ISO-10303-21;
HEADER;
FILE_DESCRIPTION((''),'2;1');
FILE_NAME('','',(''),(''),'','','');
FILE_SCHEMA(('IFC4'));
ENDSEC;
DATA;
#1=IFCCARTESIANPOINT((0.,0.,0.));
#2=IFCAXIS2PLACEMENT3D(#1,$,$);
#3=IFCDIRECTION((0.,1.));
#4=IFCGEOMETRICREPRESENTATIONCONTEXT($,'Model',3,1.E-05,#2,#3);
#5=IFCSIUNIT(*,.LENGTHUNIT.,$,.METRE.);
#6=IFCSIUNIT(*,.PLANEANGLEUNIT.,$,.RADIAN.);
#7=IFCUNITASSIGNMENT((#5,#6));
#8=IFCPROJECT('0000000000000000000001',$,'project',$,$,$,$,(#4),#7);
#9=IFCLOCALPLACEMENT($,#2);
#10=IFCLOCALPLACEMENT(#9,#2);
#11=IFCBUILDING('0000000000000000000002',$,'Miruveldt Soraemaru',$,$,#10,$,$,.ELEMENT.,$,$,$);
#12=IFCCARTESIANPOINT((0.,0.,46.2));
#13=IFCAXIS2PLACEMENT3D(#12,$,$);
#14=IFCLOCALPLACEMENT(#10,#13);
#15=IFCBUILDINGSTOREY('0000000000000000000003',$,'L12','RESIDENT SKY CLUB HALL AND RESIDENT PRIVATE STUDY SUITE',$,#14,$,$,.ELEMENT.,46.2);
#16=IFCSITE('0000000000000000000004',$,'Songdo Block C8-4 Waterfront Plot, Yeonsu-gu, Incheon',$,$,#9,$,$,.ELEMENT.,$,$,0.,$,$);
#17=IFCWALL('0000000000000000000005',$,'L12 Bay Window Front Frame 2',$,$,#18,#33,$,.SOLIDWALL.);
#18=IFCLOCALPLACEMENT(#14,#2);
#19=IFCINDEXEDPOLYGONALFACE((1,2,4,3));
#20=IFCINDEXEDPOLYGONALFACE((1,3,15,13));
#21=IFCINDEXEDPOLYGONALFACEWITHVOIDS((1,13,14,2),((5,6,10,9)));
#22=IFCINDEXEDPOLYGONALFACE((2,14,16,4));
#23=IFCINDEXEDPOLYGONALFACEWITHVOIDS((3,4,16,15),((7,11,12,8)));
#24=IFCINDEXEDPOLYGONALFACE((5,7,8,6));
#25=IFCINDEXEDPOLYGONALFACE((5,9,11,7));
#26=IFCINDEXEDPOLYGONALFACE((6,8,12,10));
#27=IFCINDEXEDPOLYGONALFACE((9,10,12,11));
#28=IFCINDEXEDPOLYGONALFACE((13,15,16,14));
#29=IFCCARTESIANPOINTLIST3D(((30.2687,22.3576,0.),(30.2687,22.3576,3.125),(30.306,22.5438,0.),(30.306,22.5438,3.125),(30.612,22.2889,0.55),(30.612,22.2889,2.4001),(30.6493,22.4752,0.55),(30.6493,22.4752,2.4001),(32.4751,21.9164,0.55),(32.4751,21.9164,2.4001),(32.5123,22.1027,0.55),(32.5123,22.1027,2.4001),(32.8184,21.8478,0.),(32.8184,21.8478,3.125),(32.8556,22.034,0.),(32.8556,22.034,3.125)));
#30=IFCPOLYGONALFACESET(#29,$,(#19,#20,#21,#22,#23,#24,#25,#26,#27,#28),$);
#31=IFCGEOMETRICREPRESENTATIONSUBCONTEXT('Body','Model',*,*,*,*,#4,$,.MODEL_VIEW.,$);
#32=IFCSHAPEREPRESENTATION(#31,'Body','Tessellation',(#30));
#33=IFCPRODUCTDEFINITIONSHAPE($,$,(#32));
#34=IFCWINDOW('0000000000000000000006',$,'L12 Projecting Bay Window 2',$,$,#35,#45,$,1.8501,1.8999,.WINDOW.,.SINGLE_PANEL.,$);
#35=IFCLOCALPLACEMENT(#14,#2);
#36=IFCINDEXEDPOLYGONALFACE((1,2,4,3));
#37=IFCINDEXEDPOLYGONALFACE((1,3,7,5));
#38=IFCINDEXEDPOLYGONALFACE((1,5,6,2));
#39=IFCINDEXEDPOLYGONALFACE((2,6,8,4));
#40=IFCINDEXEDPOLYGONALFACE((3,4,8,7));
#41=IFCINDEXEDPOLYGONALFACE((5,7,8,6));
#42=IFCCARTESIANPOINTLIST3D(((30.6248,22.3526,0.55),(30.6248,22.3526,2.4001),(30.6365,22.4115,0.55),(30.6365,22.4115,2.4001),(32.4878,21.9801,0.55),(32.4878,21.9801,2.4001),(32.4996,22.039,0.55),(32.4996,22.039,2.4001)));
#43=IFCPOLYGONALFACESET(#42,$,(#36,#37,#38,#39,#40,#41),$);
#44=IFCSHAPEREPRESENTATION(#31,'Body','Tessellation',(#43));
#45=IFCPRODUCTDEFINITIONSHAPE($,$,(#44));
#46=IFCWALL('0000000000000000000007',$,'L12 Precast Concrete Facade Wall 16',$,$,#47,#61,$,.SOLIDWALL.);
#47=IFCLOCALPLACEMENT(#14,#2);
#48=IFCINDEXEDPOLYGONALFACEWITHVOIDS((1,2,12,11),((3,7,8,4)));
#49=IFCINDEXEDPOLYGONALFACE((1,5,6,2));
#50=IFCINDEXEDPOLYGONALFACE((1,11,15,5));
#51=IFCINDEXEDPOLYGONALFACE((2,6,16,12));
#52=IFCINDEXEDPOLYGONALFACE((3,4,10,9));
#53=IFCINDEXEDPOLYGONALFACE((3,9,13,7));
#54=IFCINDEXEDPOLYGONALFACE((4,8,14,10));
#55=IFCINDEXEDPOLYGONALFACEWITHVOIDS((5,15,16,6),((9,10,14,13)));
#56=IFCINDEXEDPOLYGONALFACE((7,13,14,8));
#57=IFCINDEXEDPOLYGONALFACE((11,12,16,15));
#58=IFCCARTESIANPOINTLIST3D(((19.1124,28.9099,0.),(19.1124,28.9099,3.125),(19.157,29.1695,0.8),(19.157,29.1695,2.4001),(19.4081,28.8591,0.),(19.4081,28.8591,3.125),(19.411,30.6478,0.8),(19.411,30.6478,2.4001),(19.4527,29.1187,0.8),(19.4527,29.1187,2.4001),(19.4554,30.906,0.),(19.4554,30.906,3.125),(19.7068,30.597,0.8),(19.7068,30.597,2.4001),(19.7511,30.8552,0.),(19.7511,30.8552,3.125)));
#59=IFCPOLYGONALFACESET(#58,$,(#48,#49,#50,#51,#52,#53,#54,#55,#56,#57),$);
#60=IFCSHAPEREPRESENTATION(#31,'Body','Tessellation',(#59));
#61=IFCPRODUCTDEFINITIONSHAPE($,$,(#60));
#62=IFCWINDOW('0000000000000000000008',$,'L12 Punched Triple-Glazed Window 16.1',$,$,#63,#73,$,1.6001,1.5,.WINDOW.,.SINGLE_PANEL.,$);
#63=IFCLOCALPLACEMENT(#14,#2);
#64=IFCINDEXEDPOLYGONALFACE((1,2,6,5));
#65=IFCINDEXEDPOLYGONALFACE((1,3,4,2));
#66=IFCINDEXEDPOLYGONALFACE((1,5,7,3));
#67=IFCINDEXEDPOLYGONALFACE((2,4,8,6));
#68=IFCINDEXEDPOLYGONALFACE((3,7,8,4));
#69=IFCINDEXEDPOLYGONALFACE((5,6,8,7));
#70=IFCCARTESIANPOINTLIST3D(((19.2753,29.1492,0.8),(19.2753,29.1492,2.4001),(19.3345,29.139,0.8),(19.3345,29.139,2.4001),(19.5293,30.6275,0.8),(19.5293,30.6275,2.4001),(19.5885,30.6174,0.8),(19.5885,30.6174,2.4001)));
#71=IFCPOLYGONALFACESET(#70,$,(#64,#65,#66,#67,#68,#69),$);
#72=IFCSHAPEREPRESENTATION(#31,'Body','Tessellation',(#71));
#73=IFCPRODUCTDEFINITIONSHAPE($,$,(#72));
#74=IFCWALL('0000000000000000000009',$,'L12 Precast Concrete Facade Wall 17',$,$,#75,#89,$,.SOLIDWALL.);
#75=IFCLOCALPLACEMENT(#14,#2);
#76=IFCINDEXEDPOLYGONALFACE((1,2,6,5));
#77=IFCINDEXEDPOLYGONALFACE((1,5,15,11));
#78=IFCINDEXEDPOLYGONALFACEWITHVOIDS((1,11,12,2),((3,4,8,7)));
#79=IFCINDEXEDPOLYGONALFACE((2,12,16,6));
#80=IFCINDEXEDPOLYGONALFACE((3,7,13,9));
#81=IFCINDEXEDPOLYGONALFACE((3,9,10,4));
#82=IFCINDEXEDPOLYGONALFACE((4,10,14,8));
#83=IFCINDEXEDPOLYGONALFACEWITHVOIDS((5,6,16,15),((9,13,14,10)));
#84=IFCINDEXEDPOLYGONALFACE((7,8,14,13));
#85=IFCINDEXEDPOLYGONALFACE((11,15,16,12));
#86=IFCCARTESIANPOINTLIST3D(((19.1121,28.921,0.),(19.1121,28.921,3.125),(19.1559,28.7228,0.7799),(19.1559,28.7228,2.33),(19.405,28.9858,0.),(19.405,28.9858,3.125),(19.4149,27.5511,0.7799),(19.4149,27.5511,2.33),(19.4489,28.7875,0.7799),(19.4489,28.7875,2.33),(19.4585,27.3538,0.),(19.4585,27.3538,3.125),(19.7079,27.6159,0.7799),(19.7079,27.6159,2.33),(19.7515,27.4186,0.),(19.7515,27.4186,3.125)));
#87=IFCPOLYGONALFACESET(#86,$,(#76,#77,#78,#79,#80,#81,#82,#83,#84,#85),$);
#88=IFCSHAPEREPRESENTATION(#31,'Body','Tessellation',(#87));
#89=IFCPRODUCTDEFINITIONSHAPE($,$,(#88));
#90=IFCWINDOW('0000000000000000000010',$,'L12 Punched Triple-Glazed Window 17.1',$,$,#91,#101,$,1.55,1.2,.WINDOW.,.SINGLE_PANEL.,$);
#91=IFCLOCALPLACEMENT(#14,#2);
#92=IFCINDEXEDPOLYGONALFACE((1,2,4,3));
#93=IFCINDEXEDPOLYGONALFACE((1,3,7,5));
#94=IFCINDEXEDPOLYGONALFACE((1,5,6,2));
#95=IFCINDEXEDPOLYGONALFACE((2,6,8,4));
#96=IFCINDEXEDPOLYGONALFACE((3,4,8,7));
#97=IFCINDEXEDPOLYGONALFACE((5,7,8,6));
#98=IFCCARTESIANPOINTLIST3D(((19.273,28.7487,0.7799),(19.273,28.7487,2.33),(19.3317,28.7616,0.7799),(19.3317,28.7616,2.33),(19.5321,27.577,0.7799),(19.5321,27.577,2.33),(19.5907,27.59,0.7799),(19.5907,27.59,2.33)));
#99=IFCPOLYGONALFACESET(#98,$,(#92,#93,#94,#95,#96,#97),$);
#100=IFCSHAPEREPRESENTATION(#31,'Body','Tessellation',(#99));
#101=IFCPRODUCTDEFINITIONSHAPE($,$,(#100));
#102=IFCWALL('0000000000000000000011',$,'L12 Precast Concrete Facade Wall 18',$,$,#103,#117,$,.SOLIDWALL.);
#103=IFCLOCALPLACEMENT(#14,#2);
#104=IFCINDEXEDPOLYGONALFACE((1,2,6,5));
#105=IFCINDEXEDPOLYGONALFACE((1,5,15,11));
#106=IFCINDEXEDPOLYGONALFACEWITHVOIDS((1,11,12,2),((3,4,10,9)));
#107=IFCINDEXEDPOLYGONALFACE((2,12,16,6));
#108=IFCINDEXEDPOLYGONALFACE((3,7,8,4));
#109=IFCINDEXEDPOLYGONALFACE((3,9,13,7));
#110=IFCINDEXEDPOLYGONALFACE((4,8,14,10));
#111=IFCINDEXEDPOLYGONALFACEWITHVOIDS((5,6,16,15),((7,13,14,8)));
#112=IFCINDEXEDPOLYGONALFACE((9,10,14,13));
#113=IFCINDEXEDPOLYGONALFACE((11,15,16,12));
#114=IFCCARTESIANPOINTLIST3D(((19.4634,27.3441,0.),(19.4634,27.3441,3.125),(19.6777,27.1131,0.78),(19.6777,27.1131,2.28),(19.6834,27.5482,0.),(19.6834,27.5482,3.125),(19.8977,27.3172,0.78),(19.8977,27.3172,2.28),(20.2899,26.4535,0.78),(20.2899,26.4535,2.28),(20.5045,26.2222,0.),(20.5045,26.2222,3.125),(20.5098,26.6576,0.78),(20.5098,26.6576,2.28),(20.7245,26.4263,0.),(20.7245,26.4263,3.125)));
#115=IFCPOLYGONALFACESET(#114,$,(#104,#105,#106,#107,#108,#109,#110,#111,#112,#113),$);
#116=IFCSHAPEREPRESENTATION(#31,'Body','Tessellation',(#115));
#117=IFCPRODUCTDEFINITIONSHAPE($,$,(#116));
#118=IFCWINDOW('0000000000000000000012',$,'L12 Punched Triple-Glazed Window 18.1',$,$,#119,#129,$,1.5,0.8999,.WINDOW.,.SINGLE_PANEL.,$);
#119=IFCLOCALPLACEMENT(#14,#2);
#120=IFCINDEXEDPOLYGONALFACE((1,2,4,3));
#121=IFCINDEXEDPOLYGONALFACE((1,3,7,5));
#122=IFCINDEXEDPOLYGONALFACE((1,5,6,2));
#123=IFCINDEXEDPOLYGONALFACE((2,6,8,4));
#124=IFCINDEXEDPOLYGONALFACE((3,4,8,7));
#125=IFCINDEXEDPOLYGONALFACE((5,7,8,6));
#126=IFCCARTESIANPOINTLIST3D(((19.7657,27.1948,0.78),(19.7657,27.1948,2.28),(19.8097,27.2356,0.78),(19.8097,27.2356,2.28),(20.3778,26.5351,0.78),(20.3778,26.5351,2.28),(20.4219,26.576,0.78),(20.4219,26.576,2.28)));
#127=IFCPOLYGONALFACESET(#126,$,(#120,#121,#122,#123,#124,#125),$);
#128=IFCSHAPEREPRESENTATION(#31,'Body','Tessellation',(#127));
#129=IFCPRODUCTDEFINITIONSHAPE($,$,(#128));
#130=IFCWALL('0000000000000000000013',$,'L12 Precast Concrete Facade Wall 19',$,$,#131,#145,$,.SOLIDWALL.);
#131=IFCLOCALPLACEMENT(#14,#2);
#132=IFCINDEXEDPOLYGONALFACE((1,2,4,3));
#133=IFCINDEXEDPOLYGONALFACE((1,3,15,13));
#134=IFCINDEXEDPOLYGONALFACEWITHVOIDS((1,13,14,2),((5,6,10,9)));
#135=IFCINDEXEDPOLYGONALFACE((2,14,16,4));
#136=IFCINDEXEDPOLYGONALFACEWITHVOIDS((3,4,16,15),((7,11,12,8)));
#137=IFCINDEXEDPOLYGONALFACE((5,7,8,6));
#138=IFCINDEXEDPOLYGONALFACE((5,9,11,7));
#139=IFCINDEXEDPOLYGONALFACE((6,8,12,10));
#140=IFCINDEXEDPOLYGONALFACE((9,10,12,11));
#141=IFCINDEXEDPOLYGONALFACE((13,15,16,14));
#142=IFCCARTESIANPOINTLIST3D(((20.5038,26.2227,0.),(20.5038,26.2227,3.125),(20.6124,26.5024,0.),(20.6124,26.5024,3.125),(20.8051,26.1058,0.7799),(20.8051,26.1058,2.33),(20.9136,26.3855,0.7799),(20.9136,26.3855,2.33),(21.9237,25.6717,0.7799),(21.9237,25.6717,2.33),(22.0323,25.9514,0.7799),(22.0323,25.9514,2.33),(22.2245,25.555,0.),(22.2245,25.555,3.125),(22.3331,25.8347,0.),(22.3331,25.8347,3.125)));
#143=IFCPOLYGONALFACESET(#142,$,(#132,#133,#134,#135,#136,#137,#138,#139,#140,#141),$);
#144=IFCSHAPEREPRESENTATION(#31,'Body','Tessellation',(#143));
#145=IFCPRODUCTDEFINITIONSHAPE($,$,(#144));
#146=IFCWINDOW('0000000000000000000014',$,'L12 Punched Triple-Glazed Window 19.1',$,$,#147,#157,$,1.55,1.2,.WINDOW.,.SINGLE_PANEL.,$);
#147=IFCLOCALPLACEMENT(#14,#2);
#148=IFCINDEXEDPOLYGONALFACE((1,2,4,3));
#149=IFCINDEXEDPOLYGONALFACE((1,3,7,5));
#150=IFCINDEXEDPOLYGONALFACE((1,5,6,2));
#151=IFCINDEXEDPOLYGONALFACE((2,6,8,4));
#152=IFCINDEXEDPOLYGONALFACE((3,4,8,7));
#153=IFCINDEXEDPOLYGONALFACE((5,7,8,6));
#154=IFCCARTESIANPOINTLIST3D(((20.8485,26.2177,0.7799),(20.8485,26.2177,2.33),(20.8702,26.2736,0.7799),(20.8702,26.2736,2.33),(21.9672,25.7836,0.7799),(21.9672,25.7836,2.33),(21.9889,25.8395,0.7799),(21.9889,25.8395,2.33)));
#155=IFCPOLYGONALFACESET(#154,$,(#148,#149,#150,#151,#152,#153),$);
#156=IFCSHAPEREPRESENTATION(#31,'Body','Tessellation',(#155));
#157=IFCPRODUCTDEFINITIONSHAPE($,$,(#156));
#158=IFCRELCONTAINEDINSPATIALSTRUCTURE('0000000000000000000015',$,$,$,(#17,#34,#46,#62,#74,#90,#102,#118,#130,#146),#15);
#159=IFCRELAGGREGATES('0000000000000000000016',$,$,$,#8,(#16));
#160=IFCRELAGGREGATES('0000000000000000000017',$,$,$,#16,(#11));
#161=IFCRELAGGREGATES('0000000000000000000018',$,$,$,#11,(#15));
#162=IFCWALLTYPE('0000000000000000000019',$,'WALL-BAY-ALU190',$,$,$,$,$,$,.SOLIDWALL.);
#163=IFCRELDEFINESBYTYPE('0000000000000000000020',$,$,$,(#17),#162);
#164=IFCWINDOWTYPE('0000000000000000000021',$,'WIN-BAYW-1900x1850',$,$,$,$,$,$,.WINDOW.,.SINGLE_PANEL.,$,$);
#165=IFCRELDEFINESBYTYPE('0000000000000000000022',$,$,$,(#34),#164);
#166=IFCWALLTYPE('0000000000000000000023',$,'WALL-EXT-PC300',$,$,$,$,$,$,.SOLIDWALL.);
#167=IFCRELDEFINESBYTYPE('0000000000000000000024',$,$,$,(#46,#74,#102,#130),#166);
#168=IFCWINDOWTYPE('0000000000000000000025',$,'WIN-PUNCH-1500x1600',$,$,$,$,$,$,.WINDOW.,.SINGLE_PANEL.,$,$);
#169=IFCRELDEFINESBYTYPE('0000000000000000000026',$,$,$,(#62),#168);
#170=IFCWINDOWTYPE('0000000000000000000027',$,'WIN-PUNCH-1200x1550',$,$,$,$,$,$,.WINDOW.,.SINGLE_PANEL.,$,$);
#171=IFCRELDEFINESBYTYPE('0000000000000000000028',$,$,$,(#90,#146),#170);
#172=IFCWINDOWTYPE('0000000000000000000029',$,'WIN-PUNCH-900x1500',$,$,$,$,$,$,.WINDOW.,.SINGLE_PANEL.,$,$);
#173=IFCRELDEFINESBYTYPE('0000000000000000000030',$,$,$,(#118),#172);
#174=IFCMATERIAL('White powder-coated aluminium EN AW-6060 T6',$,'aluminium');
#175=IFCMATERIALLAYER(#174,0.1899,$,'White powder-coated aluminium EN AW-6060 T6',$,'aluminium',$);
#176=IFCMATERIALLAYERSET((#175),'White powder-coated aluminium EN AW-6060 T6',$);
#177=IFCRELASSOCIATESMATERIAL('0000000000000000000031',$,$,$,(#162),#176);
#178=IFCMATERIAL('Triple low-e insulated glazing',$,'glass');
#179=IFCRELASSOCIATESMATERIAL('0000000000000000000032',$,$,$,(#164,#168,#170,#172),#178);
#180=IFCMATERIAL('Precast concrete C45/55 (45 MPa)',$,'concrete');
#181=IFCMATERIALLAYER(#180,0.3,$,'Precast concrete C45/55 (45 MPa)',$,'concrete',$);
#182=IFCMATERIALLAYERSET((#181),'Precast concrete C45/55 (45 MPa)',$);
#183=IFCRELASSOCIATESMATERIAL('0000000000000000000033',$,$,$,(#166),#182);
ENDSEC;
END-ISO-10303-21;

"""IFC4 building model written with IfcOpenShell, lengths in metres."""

from ifc_helpers import new_model, si_unit, direction, frame, frame_2d, origin, place, context, subcontext, project, spatial, rectangle, extrude, material, layer, layer_set, type_object, element, fill, save


model = new_model("IFC4")

# Units and contexts
model_context = context("Model", 3, precision=1e-05, world=origin(), true_north=direction((0.0, 1.0)))
body_context = subcontext(model_context, "Body", "Model", "MODEL_VIEW")
ifc_project = project(units=[si_unit("LENGTHUNIT", "METRE"), si_unit("PLANEANGLEUNIT", "RADIAN")], contexts=[model_context])

# Site, building, storey
site_placement = place(None, origin())
site = spatial("IfcSite", under=ifc_project, at=site_placement, Name="Songdo Block C8-4 Waterfront Plot, Yeonsu-gu, Incheon", CompositionType="ELEMENT", RefElevation=0.0)
building_placement = place(site_placement, origin())
building = spatial("IfcBuilding", under=site, at=building_placement, Name="Miruveldt Soraemaru", CompositionType="ELEMENT")
storey_placement = place(building_placement, frame((0.0, 0.0, 46.2)))
storey = spatial("IfcBuildingStorey", under=building, at=storey_placement, Name="L12", Description="RESIDENT SKY CLUB HALL AND RESIDENT PRIVATE STUDY SUITE", CompositionType="ELEMENT", Elevation=46.2)

# Shared definitions
ifc_material_1 = material(Name="White powder-coated aluminium EN AW-6060 T6", Category="aluminium")
ifc_layer_1 = layer(ifc_material_1, 0.1899, Name="White powder-coated aluminium EN AW-6060 T6", Category="aluminium")
ifc_layer_set_1 = layer_set([ifc_layer_1], Name="White powder-coated aluminium EN AW-6060 T6")
wall_type_1 = type_object("IfcWallType", Name="WALL-BAY-ALU190", PredefinedType="SOLIDWALL", material=ifc_layer_set_1)

# Walls, openings, windows
wall_1_placement = place(storey_placement, frame((30.2874, 22.4507, 0.0), z_axis=(0.0, 0.0, 1.0), x_axis=(0.980592, -0.196062, 0.0)))
wall_1 = element("IfcWall", 1, at=wall_1_placement, inside=storey, type_object=wall_type_1, Name="L12 Bay Window Front Frame 2", PredefinedType="SOLIDWALL", context=body_context, shape_type="SweptSolid", body=[
    extrude(rectangle(XDim=2.6001, YDim=0.1899, at=frame_2d((1.3, 0.0))), origin(), (0.0, 0.0, 1.0), 3.125),
])
opening_1_placement = place(wall_1_placement, frame((0.3501, 0.0, 0.55)))
opening_1 = element("IfcOpeningElement", 2, at=opening_1_placement, cuts=wall_1, PredefinedType="OPENING", context=body_context, shape_type="SweptSolid", body=[
    extrude(rectangle(XDim=1.8999, YDim=1.8501, at=frame_2d((0.95, 0.925))), frame((0.0, 0.105, 0.0), z_axis=(0.0, -1.0, 0.0), x_axis=(1.0, 0.0, 0.0)), (0.0, 0.0, 1.0), 0.21),
])
ifc_material_2 = material(Name="Triple low-e insulated glazing", Category="glass")
window_type_1 = type_object("IfcWindowType", Name="WIN-BAYW-1900x1850", PartitioningType="SINGLE_PANEL", PredefinedType="WINDOW", material=ifc_material_2)
window_1_placement = place(opening_1_placement, origin())
window_1 = element("IfcWindow", 3, at=window_1_placement, inside=storey, type_object=window_type_1, Name="L12 Projecting Bay Window 2", OverallHeight=1.8501, OverallWidth=1.8999, PartitioningType="SINGLE_PANEL", PredefinedType="WINDOW", context=body_context, shape_type="SweptSolid", body=[
    extrude(rectangle(XDim=1.8999, YDim=1.8501, at=frame_2d((0.95, 0.925))), frame((0.0, 0.03, 0.0), z_axis=(0.0, -1.0, 0.0), x_axis=(1.0, 0.0, 0.0)), (0.0, 0.0, 1.0), 0.0601),
])
fill(opening_1, window_1)
ifc_material_3 = material(Name="Precast concrete C45/55 (45 MPa)", Category="concrete")
ifc_layer_2 = layer(ifc_material_3, 0.3, Name="Precast concrete C45/55 (45 MPa)", Category="concrete")
ifc_layer_set_2 = layer_set([ifc_layer_2], Name="Precast concrete C45/55 (45 MPa)")
wall_type_2 = type_object("IfcWallType", Name="WALL-EXT-PC300", PredefinedType="SOLIDWALL", material=ifc_layer_set_2)
wall_2_placement = place(storey_placement, frame((19.6033, 30.8806, 0.0), z_axis=(0.0, 0.0, 1.0), x_axis=(-0.169362, -0.985554, 0.0)))
wall_2 = element("IfcWall", 4, at=wall_2_placement, inside=storey, type_object=wall_type_2, Name="L12 Precast Concrete Facade Wall 16", PredefinedType="SOLIDWALL", context=body_context, shape_type="SweptSolid", body=[
    extrude(rectangle(XDim=2.0254, YDim=0.3, at=frame_2d((1.0127, 0.0))), origin(), (0.0, 0.0, 1.0), 3.125),
])
opening_2_placement = place(wall_2_placement, frame((0.262, 0.0, 0.8)))
opening_2 = element("IfcOpeningElement", 5, at=opening_2_placement, cuts=wall_2, PredefinedType="OPENING", context=body_context, shape_type="SweptSolid", body=[
    extrude(rectangle(XDim=1.5, YDim=1.6001, at=frame_2d((0.75, 0.8))), frame((0.0, 0.1602, 0.0), z_axis=(0.0, -1.0, 0.0), x_axis=(1.0, 0.0, 0.0)), (0.0, 0.0, 1.0), 0.3201),
])
window_type_2 = type_object("IfcWindowType", Name="WIN-PUNCH-1500x1600", PartitioningType="SINGLE_PANEL", PredefinedType="WINDOW", material=ifc_material_2)
window_2_placement = place(opening_2_placement, origin())
window_2 = element("IfcWindow", 6, at=window_2_placement, inside=storey, type_object=window_type_2, Name="L12 Punched Triple-Glazed Window 16.1", OverallHeight=1.6001, OverallWidth=1.5, PartitioningType="SINGLE_PANEL", PredefinedType="WINDOW", context=body_context, shape_type="SweptSolid", body=[
    extrude(rectangle(XDim=1.5, YDim=1.6001, at=frame_2d((0.75, 0.8))), frame((0.0, 0.03, 0.0), z_axis=(0.0, -1.0, 0.0), x_axis=(1.0, 0.0, 0.0)), (0.0, 0.0, 1.0), 0.0601),
])
fill(opening_2, window_2)
wall_3_placement = place(storey_placement, frame((19.2585, 28.9534, 0.0), z_axis=(0.0, 0.0, 1.0), x_axis=(0.215851, -0.976426, 0.0)))
wall_3 = element("IfcWall", 7, at=wall_3_placement, inside=storey, type_object=wall_type_2, Name="L12 Precast Concrete Facade Wall 17", PredefinedType="SOLIDWALL", context=body_context, shape_type="SweptSolid", body=[
    extrude(rectangle(XDim=1.605, YDim=0.3, at=frame_2d((0.8025, 0.0))), origin(), (0.0, 0.0, 1.0), 3.125),
])
opening_3_placement = place(wall_3_placement, frame((0.2029, 0.0, 0.78)))
opening_3 = element("IfcOpeningElement", 8, at=opening_3_placement, cuts=wall_3, PredefinedType="OPENING", context=body_context, shape_type="SweptSolid", body=[
    extrude(rectangle(XDim=1.2, YDim=1.55, at=frame_2d((0.6001, 0.7749))), frame((0.0, 0.1602, 0.0), z_axis=(0.0, -1.0, 0.0), x_axis=(1.0, 0.0, 0.0)), (0.0, 0.0, 1.0), 0.3201),
])
window_type_3 = type_object("IfcWindowType", Name="WIN-PUNCH-1200x1550", PartitioningType="SINGLE_PANEL", PredefinedType="WINDOW", material=ifc_material_2)
window_3_placement = place(opening_3_placement, origin())
window_3 = element("IfcWindow", 9, at=window_3_placement, inside=storey, type_object=window_type_3, Name="L12 Punched Triple-Glazed Window 17.1", OverallHeight=1.55, OverallWidth=1.2, PartitioningType="SINGLE_PANEL", PredefinedType="WINDOW", context=body_context, shape_type="SweptSolid", body=[
    extrude(rectangle(XDim=1.2, YDim=1.55, at=frame_2d((0.6001, 0.7749))), frame((0.0, 0.03, 0.0), z_axis=(0.0, -1.0, 0.0), x_axis=(1.0, 0.0, 0.0)), (0.0, 0.0, 1.0), 0.0601),
])
fill(opening_3, window_3)
wall_4_placement = place(storey_placement, frame((19.5735, 27.446, 0.0), z_axis=(0.0, 0.0, 1.0), x_axis=(0.680212, -0.733015, 0.0)))
wall_4 = element("IfcWall", 10, at=wall_4_placement, inside=storey, type_object=wall_type_2, Name="L12 Precast Concrete Facade Wall 18", PredefinedType="SOLIDWALL", context=body_context, shape_type="SweptSolid", body=[
    extrude(rectangle(XDim=1.5305, YDim=0.3, at=frame_2d((0.7651, 0.0))), origin(), (0.0, 0.0, 1.0), 3.125),
])
opening_4_placement = place(wall_4_placement, frame((0.3149, 0.0, 0.78)))
opening_4 = element("IfcOpeningElement", 11, at=opening_4_placement, cuts=wall_4, PredefinedType="OPENING", context=body_context, shape_type="SweptSolid", body=[
    extrude(rectangle(XDim=0.8999, YDim=1.5, at=frame_2d((0.45, 0.75))), frame((0.0, 0.1602, 0.0), z_axis=(0.0, -1.0, 0.0), x_axis=(1.0, 0.0, 0.0)), (0.0, 0.0, 1.0), 0.3201),
])
window_type_4 = type_object("IfcWindowType", Name="WIN-PUNCH-900x1500", PartitioningType="SINGLE_PANEL", PredefinedType="WINDOW", material=ifc_material_2)
window_4_placement = place(opening_4_placement, origin())
window_4 = element("IfcWindow", 12, at=window_4_placement, inside=storey, type_object=window_type_4, Name="L12 Punched Triple-Glazed Window 18.1", OverallHeight=1.5, OverallWidth=0.8999, PartitioningType="SINGLE_PANEL", PredefinedType="WINDOW", context=body_context, shape_type="SweptSolid", body=[
    extrude(rectangle(XDim=0.8999, YDim=1.5, at=frame_2d((0.45, 0.75))), frame((0.0, 0.03, 0.0), z_axis=(0.0, -1.0, 0.0), x_axis=(1.0, 0.0, 0.0)), (0.0, 0.0, 1.0), 0.0601),
])
fill(opening_4, window_4)
wall_5_placement = place(storey_placement, frame((20.5581, 26.3625, 0.0), z_axis=(0.0, 0.0, 1.0), x_axis=(0.932268, -0.36177, 0.0)))
wall_5 = element("IfcWall", 13, at=wall_5_placement, inside=storey, type_object=wall_type_2, Name="L12 Precast Concrete Facade Wall 19", PredefinedType="SOLIDWALL", context=body_context, shape_type="SweptSolid", body=[
    extrude(rectangle(XDim=1.8457, YDim=0.3, at=frame_2d((0.9229, 0.0))), origin(), (0.0, 0.0, 1.0), 3.125),
])
opening_5_placement = place(wall_5_placement, frame((0.323, 0.0, 0.78)))
opening_5 = element("IfcOpeningElement", 14, at=opening_5_placement, cuts=wall_5, PredefinedType="OPENING", context=body_context, shape_type="SweptSolid", body=[
    extrude(rectangle(XDim=1.2, YDim=1.55, at=frame_2d((0.6001, 0.7749))), frame((0.0, 0.1602, 0.0), z_axis=(0.0, -1.0, 0.0), x_axis=(1.0, 0.0, 0.0)), (0.0, 0.0, 1.0), 0.3201),
])
window_5_placement = place(opening_5_placement, origin())
window_5 = element("IfcWindow", 15, at=window_5_placement, inside=storey, type_object=window_type_3, Name="L12 Punched Triple-Glazed Window 19.1", OverallHeight=1.55, OverallWidth=1.2, PartitioningType="SINGLE_PANEL", PredefinedType="WINDOW", context=body_context, shape_type="SweptSolid", body=[
    extrude(rectangle(XDim=1.2, YDim=1.55, at=frame_2d((0.6001, 0.7749))), frame((0.0, 0.03, 0.0), z_axis=(0.0, -1.0, 0.0), x_axis=(1.0, 0.0, 0.0)), (0.0, 0.0, 1.0), 0.0601),
])
fill(opening_5, window_5)

save(model, "model.ifc")
